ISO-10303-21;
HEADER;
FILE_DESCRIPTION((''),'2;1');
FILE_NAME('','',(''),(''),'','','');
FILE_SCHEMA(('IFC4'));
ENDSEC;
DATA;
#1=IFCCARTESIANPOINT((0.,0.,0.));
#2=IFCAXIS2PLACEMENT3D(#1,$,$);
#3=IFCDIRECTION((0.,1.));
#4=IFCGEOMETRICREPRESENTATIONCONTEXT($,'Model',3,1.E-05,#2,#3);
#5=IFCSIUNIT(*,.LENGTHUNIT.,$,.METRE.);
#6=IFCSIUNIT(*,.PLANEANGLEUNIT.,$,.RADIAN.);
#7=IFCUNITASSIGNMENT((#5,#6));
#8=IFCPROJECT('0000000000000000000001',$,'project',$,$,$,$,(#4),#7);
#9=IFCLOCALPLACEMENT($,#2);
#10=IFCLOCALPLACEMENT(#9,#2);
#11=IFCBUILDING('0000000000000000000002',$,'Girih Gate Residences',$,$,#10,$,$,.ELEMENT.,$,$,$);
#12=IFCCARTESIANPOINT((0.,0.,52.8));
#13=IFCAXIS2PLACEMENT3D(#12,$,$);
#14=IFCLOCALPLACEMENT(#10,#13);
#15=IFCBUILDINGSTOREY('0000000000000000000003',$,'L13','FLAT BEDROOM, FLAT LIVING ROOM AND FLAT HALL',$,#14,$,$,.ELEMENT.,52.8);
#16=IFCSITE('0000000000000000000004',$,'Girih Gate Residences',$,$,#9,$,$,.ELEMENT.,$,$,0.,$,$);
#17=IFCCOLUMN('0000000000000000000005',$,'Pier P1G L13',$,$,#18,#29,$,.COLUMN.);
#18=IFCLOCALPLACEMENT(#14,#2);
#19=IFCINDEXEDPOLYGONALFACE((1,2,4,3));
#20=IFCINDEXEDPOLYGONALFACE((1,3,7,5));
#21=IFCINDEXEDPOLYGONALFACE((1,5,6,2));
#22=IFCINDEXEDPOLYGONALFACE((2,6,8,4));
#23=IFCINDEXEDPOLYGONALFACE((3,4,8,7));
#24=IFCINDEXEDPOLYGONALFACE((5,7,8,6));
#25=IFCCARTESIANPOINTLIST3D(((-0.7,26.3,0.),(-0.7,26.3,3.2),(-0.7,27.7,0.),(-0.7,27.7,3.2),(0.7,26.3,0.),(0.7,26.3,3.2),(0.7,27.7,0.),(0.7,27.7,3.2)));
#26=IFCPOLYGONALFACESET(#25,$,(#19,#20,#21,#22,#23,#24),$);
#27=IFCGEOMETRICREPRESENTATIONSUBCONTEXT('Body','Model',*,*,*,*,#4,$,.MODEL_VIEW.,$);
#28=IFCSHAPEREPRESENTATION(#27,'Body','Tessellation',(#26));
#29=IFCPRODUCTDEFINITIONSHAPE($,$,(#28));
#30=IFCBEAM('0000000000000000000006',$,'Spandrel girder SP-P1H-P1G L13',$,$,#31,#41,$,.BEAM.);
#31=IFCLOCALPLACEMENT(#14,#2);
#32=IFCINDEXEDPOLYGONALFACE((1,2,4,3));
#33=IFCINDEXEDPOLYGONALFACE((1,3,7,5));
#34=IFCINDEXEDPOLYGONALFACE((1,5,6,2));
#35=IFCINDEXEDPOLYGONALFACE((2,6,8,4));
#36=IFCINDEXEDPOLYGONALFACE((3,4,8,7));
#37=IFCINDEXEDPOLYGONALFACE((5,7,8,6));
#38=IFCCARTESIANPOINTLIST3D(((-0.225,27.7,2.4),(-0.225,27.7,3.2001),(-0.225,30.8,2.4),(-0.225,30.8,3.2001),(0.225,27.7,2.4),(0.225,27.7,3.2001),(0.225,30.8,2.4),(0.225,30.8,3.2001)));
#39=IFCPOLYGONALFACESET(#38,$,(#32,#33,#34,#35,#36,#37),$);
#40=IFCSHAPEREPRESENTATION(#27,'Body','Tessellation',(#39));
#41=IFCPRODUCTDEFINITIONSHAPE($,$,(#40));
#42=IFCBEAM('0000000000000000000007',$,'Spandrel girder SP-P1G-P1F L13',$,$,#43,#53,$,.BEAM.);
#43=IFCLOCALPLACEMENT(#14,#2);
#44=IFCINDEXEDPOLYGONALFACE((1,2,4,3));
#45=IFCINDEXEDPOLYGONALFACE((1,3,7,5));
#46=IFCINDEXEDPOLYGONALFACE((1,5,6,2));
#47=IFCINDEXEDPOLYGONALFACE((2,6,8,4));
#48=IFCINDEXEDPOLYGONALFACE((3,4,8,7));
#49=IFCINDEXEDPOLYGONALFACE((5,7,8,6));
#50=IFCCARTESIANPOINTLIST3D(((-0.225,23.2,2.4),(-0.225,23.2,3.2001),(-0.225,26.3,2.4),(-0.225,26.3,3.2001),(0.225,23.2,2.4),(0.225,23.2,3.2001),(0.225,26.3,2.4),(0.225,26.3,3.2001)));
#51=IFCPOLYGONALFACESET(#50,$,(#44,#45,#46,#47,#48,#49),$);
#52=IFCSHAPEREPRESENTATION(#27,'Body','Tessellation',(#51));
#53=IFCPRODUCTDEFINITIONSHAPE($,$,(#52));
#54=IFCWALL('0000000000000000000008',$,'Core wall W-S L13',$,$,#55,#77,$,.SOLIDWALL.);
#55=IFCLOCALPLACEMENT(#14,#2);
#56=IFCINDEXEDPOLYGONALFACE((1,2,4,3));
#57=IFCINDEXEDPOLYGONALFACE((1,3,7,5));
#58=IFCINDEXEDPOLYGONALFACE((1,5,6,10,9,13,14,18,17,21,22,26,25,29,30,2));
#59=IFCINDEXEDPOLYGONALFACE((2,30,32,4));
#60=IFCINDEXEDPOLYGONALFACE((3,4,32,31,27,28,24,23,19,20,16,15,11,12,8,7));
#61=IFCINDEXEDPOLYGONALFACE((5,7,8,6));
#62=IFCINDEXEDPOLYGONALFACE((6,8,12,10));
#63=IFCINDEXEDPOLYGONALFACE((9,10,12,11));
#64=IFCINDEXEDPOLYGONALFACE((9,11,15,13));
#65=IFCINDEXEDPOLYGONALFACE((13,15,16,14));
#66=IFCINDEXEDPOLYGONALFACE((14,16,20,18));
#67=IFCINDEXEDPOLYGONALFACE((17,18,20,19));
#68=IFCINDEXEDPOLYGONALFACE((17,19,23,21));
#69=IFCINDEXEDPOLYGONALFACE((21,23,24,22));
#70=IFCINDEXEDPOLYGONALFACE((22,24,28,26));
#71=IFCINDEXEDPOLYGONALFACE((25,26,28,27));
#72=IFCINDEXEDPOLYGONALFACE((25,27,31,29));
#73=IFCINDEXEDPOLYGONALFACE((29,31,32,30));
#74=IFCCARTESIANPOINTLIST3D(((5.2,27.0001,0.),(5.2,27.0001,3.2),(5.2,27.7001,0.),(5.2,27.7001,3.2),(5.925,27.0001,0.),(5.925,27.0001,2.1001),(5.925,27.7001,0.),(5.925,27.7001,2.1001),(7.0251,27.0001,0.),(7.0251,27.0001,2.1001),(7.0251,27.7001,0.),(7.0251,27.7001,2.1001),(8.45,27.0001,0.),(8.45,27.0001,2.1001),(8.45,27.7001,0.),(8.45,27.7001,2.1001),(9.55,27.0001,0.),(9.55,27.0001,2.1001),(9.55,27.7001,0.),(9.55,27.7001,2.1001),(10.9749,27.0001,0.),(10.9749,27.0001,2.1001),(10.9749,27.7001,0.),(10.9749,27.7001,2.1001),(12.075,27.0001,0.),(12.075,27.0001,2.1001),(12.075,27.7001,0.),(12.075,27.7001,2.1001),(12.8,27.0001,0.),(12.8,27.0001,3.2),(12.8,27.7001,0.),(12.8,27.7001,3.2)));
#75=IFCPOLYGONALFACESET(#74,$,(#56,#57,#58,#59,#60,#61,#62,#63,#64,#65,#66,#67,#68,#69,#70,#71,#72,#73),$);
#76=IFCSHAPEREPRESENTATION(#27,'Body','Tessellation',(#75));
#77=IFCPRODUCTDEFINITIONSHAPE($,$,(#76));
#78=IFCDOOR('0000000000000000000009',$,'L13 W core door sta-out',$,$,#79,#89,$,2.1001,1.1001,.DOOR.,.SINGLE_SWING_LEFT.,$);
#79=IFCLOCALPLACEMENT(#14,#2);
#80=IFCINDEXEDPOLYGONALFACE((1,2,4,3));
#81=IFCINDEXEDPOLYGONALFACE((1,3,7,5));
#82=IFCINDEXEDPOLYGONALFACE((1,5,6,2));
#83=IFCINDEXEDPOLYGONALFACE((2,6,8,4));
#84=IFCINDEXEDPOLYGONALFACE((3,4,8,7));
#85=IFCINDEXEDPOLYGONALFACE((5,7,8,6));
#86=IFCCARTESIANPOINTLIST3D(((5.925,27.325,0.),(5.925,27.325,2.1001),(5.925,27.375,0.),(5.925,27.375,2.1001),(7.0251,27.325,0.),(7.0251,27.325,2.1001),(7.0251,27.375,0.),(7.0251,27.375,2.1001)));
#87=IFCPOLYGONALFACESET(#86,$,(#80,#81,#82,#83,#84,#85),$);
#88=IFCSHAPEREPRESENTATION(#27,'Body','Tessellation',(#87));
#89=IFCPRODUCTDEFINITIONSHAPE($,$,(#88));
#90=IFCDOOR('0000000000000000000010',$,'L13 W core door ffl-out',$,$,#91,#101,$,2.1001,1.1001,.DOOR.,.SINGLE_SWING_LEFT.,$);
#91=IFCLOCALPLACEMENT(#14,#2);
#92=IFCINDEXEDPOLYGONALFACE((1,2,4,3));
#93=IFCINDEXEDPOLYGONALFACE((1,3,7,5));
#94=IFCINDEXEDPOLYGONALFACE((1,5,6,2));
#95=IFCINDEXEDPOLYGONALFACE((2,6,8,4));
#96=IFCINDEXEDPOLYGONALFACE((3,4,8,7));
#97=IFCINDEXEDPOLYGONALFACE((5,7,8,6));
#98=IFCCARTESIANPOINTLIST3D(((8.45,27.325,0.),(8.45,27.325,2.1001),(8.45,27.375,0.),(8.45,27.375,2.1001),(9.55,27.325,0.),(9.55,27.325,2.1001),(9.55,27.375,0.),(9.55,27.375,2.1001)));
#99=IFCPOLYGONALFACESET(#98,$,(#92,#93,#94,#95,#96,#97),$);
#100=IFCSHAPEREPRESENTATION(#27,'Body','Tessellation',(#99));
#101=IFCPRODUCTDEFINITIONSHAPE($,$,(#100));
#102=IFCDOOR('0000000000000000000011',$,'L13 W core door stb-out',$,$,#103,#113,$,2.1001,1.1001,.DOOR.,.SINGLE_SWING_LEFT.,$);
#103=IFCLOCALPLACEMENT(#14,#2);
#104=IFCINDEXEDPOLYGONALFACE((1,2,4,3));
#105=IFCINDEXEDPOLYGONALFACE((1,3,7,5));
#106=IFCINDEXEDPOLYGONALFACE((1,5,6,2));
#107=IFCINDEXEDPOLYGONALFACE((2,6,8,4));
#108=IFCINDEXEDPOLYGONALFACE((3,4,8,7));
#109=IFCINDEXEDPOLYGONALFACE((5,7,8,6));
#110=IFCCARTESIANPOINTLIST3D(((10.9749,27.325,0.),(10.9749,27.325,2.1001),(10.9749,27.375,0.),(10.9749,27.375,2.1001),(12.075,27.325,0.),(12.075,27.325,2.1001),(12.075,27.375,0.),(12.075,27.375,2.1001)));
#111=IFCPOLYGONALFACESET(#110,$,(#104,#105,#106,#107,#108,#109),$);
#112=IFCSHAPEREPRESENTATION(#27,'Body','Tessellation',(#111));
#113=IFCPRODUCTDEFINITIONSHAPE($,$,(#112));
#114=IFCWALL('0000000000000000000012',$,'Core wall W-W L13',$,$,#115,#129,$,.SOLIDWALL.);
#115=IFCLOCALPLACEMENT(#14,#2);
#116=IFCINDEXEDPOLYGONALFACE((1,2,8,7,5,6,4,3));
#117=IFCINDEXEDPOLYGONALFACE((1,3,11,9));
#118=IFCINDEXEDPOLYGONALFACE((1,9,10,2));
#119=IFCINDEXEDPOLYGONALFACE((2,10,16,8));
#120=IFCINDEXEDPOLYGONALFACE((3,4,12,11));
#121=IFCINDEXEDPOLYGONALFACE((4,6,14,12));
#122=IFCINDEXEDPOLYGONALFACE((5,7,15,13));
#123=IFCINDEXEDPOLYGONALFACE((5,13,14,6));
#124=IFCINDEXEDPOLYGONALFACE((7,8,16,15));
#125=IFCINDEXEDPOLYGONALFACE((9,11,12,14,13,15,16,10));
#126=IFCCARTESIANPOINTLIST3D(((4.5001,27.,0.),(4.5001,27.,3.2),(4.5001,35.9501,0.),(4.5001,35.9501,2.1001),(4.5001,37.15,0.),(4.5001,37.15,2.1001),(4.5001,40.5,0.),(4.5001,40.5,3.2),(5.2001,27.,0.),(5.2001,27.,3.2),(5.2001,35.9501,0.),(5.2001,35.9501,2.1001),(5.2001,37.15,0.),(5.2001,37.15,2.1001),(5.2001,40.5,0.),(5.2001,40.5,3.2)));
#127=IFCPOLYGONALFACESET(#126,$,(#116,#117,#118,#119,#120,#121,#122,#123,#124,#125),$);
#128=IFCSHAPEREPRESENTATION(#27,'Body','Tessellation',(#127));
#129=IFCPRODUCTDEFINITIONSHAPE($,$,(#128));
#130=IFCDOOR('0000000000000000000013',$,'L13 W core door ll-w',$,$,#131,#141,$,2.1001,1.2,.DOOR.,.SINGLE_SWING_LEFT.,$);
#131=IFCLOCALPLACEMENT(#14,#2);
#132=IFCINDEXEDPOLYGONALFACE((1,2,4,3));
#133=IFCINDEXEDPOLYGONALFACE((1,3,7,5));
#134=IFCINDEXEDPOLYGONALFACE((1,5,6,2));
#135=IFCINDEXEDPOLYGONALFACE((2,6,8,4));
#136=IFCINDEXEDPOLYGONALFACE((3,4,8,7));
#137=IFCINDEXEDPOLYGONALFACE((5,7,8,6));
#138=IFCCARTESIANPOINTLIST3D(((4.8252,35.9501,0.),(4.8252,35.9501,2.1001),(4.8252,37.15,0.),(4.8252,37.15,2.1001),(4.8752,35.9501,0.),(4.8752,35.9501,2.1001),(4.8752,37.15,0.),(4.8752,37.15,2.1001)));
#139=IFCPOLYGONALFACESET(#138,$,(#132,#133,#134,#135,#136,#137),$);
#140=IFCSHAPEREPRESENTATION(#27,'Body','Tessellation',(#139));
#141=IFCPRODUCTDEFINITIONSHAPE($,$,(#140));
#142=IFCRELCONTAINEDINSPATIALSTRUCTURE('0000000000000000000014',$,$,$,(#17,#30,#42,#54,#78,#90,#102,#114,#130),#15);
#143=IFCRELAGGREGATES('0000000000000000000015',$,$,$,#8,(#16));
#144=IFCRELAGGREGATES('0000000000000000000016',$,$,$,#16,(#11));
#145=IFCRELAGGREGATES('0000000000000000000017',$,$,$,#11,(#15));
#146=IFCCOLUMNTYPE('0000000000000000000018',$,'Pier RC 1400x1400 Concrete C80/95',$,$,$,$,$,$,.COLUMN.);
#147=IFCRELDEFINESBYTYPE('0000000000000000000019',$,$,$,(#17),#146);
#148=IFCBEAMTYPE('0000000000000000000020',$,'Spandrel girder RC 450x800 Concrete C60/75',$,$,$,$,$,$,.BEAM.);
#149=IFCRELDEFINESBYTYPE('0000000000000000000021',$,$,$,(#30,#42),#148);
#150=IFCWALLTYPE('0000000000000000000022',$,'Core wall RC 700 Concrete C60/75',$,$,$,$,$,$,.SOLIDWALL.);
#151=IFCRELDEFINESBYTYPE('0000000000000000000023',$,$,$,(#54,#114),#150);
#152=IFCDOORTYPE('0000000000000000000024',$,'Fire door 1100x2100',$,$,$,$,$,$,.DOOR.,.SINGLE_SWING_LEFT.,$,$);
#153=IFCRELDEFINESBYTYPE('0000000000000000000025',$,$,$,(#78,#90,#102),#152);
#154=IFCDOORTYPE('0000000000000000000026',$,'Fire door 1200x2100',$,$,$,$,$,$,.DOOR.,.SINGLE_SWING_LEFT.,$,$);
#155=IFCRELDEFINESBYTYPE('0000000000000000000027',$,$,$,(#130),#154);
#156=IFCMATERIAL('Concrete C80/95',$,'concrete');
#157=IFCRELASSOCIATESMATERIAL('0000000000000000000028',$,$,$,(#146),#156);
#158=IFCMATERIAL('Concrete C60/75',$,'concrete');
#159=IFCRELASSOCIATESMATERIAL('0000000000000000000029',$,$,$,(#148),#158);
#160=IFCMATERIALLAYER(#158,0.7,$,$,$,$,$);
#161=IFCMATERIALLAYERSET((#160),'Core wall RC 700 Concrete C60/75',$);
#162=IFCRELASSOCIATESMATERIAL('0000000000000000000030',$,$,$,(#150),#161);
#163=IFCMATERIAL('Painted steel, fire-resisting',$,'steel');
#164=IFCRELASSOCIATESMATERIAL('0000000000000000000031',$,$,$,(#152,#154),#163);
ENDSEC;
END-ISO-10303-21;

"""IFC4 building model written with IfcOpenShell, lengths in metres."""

from ifc_helpers import new_model, si_unit, direction, frame, frame_2d, origin, origin_2d, place, context, subcontext, project, spatial, rectangle, extrude, material, layer, layer_set, material_profile, profile_set, type_object, element, fill, save


model = new_model("IFC4")

# Units and contexts
model_context = context("Model", 3, precision=1e-05, world=origin(), true_north=direction((0.0, 1.0)))
body_context = subcontext(model_context, "Body", "Model", "MODEL_VIEW")
ifc_project = project(units=[si_unit("LENGTHUNIT", "METRE"), si_unit("PLANEANGLEUNIT", "RADIAN")], contexts=[model_context])

# Site, building, storey
site_placement = place(None, origin())
site = spatial("IfcSite", under=ifc_project, at=site_placement, Name="Girih Gate Residences", CompositionType="ELEMENT", RefElevation=0.0)
building_placement = place(site_placement, origin())
building = spatial("IfcBuilding", under=site, at=building_placement, Name="Girih Gate Residences", CompositionType="ELEMENT")
storey_placement = place(building_placement, frame((0.0, 0.0, 52.8)))
storey = spatial("IfcBuildingStorey", under=building, at=storey_placement, Name="L13", Description="FLAT BEDROOM, FLAT LIVING ROOM AND FLAT HALL", CompositionType="ELEMENT", Elevation=52.8)

# Column
ifc_material_1 = material(Name="Concrete C80/95", Category="concrete")
ifc_material_profile_1 = material_profile(ifc_material_1, rectangle(XDim=1.3999, YDim=1.3999, at=origin_2d()))
ifc_profile_set_1 = profile_set([ifc_material_profile_1], Name="Concrete C80/95")
column_type = type_object("IfcColumnType", Name="Pier RC 1400x1400 Concrete C80/95", PredefinedType="COLUMN", material=ifc_profile_set_1)
column_placement = place(storey_placement, frame((0.0, 27.0, 0.0), z_axis=(0.0, 0.0, 1.0), x_axis=(1.0, 0.0, 0.0)))
element("IfcColumn", 1, at=column_placement, inside=storey, type_object=column_type, Name="Pier P1G L13", PredefinedType="COLUMN", context=body_context, shape_type="SweptSolid", body=[
    extrude(rectangle(XDim=1.3999, YDim=1.3999, at=origin_2d()), origin(), (0.0, 0.0, 1.0), 3.2),
])

# Beams
ifc_material_2 = material(Name="Concrete C60/75", Category="concrete")
ifc_material_profile_2 = material_profile(ifc_material_2, rectangle(XDim=0.45, YDim=0.8, at=origin_2d()))
ifc_profile_set_2 = profile_set([ifc_material_profile_2], Name="Concrete C60/75")
beam_type = type_object("IfcBeamType", Name="Spandrel girder RC 450x800 Concrete C60/75", PredefinedType="BEAM", material=ifc_profile_set_2)
for number, where, z_axis, x_axis, name in (
    (2, (0.0, 30.8, 2.8), (0.0, -1.0, 0.0), (1.0, 0.0, 0.0), "Spandrel girder SP-P1H-P1G L13"),
    (3, (0.0, 26.3, 2.8), (0.0, -1.0, 0.0), (1.0, 0.0, 0.0), "Spandrel girder SP-P1G-P1F L13"),
):
    element("IfcBeam", number, at=place(storey_placement, frame(where, z_axis=z_axis, x_axis=x_axis)), inside=storey, type_object=beam_type, Name=name, PredefinedType="BEAM", context=body_context, shape_type="SweptSolid", body=[
        extrude(rectangle(XDim=0.45, YDim=0.8, at=origin_2d()), origin(), (0.0, 0.0, 1.0), 3.1001),
    ])

# Wall, openings, doors
ifc_layer_1 = layer(ifc_material_2, 0.7)
ifc_layer_set_1 = layer_set([ifc_layer_1], Name="Core wall RC 700 Concrete C60/75")
wall_type_1 = type_object("IfcWallType", Name="Core wall RC 700 Concrete C60/75", PredefinedType="SOLIDWALL", material=ifc_layer_set_1)
wall_1_placement = place(storey_placement, frame((5.2, 27.3501, 0.0), z_axis=(0.0, 0.0, 1.0), x_axis=(1.0, 0.0, 0.0)))
wall_1 = element("IfcWall", 4, at=wall_1_placement, inside=storey, type_object=wall_type_1, Name="Core wall W-S L13", PredefinedType="SOLIDWALL", context=body_context, shape_type="SweptSolid", body=[
    extrude(rectangle(XDim=7.6001, YDim=0.7, at=frame_2d((3.8, 0.0))), origin(), (0.0, 0.0, 1.0), 3.2),
])
opening_1_placement = place(wall_1_placement, frame((0.7251, 0.0, 0.0)))
opening_1 = element("IfcOpeningElement", 5, at=opening_1_placement, cuts=wall_1, PredefinedType="OPENING", context=body_context, shape_type="SweptSolid", body=[
    extrude(rectangle(XDim=1.1001, YDim=2.1001, at=frame_2d((0.55, 1.05))), frame((0.0, 0.3599, 0.0), z_axis=(0.0, -1.0, 0.0), x_axis=(1.0, 0.0, 0.0)), (0.0, 0.0, 1.0), 0.72),
])
opening_2_placement = place(wall_1_placement, frame((3.25, 0.0, 0.0)))
opening_2 = element("IfcOpeningElement", 6, at=opening_2_placement, cuts=wall_1, PredefinedType="OPENING", context=body_context, shape_type="SweptSolid", body=[
    extrude(rectangle(XDim=1.1001, YDim=2.1001, at=frame_2d((0.55, 1.05))), frame((0.0, 0.3599, 0.0), z_axis=(0.0, -1.0, 0.0), x_axis=(1.0, 0.0, 0.0)), (0.0, 0.0, 1.0), 0.72),
])
opening_3_placement = place(wall_1_placement, frame((5.7749, 0.0, 0.0)))
opening_3 = element("IfcOpeningElement", 7, at=opening_3_placement, cuts=wall_1, PredefinedType="OPENING", context=body_context, shape_type="SweptSolid", body=[
    extrude(rectangle(XDim=1.1001, YDim=2.1001, at=frame_2d((0.55, 1.05))), frame((0.0, 0.3599, 0.0), z_axis=(0.0, -1.0, 0.0), x_axis=(1.0, 0.0, 0.0)), (0.0, 0.0, 1.0), 0.72),
])
ifc_material_3 = material(Name="Painted steel, fire-resisting", Category="steel")
door_type_1 = type_object("IfcDoorType", Name="Fire door 1100x2100", OperationType="SINGLE_SWING_LEFT", PredefinedType="DOOR", material=ifc_material_3)
door_1_placement = place(opening_1_placement, origin())
door_1 = element("IfcDoor", 8, at=door_1_placement, inside=storey, type_object=door_type_1, Name="L13 W core door sta-out", OperationType="SINGLE_SWING_LEFT", OverallHeight=2.1001, OverallWidth=1.1001, PredefinedType="DOOR", context=body_context, shape_type="SweptSolid", body=[
    extrude(rectangle(XDim=1.1001, YDim=2.1001, at=frame_2d((0.55, 1.05))), frame((0.0, 0.0249, 0.0), z_axis=(0.0, -1.0, 0.0), x_axis=(1.0, 0.0, 0.0)), (0.0, 0.0, 1.0), 0.05),
])
fill(opening_1, door_1)
door_2_placement = place(opening_2_placement, origin())
door_2 = element("IfcDoor", 9, at=door_2_placement, inside=storey, type_object=door_type_1, Name="L13 W core door ffl-out", OperationType="SINGLE_SWING_LEFT", OverallHeight=2.1001, OverallWidth=1.1001, PredefinedType="DOOR", context=body_context, shape_type="SweptSolid", body=[
    extrude(rectangle(XDim=1.1001, YDim=2.1001, at=frame_2d((0.55, 1.05))), frame((0.0, 0.0249, 0.0), z_axis=(0.0, -1.0, 0.0), x_axis=(1.0, 0.0, 0.0)), (0.0, 0.0, 1.0), 0.05),
])
fill(opening_2, door_2)
door_3_placement = place(opening_3_placement, origin())
door_3 = element("IfcDoor", 10, at=door_3_placement, inside=storey, type_object=door_type_1, Name="L13 W core door stb-out", OperationType="SINGLE_SWING_LEFT", OverallHeight=2.1001, OverallWidth=1.1001, PredefinedType="DOOR", context=body_context, shape_type="SweptSolid", body=[
    extrude(rectangle(XDim=1.1001, YDim=2.1001, at=frame_2d((0.55, 1.05))), frame((0.0, 0.0249, 0.0), z_axis=(0.0, -1.0, 0.0), x_axis=(1.0, 0.0, 0.0)), (0.0, 0.0, 1.0), 0.05),
])
fill(opening_3, door_3)

# Wall, opening, door
wall_2_placement = place(storey_placement, frame((4.8501, 27.0, 0.0), z_axis=(0.0, 0.0, 1.0), x_axis=(0.0, 1.0, 0.0)))
wall_2 = element("IfcWall", 11, at=wall_2_placement, inside=storey, type_object=wall_type_1, Name="Core wall W-W L13", PredefinedType="SOLIDWALL", context=body_context, shape_type="SweptSolid", body=[
    extrude(rectangle(XDim=13.5, YDim=0.7, at=frame_2d((6.75, 0.0))), origin(), (0.0, 0.0, 1.0), 3.2),
])
opening_4_placement = place(wall_2_placement, frame((8.95, 0.0, 0.0)))
opening_4 = element("IfcOpeningElement", 12, at=opening_4_placement, cuts=wall_2, PredefinedType="OPENING", context=body_context, shape_type="SweptSolid", body=[
    extrude(rectangle(XDim=1.2, YDim=2.1001, at=frame_2d((0.6001, 1.05))), frame((0.0, 0.3599, 0.0), z_axis=(0.0, -1.0, 0.0), x_axis=(1.0, 0.0, 0.0)), (0.0, 0.0, 1.0), 0.72),
])
door_type_2 = type_object("IfcDoorType", Name="Fire door 1200x2100", OperationType="SINGLE_SWING_LEFT", PredefinedType="DOOR", material=ifc_material_3)
door_4_placement = place(opening_4_placement, origin())
door_4 = element("IfcDoor", 13, at=door_4_placement, inside=storey, type_object=door_type_2, Name="L13 W core door ll-w", OperationType="SINGLE_SWING_LEFT", OverallHeight=2.1001, OverallWidth=1.2, PredefinedType="DOOR", context=body_context, shape_type="SweptSolid", body=[
    extrude(rectangle(XDim=1.2, YDim=2.1001, at=frame_2d((0.6001, 1.05))), frame((0.0, 0.0249, 0.0), z_axis=(0.0, -1.0, 0.0), x_axis=(1.0, 0.0, 0.0)), (0.0, 0.0, 1.0), 0.05),
])
fill(opening_4, door_4)

save(model, "model.ifc")
